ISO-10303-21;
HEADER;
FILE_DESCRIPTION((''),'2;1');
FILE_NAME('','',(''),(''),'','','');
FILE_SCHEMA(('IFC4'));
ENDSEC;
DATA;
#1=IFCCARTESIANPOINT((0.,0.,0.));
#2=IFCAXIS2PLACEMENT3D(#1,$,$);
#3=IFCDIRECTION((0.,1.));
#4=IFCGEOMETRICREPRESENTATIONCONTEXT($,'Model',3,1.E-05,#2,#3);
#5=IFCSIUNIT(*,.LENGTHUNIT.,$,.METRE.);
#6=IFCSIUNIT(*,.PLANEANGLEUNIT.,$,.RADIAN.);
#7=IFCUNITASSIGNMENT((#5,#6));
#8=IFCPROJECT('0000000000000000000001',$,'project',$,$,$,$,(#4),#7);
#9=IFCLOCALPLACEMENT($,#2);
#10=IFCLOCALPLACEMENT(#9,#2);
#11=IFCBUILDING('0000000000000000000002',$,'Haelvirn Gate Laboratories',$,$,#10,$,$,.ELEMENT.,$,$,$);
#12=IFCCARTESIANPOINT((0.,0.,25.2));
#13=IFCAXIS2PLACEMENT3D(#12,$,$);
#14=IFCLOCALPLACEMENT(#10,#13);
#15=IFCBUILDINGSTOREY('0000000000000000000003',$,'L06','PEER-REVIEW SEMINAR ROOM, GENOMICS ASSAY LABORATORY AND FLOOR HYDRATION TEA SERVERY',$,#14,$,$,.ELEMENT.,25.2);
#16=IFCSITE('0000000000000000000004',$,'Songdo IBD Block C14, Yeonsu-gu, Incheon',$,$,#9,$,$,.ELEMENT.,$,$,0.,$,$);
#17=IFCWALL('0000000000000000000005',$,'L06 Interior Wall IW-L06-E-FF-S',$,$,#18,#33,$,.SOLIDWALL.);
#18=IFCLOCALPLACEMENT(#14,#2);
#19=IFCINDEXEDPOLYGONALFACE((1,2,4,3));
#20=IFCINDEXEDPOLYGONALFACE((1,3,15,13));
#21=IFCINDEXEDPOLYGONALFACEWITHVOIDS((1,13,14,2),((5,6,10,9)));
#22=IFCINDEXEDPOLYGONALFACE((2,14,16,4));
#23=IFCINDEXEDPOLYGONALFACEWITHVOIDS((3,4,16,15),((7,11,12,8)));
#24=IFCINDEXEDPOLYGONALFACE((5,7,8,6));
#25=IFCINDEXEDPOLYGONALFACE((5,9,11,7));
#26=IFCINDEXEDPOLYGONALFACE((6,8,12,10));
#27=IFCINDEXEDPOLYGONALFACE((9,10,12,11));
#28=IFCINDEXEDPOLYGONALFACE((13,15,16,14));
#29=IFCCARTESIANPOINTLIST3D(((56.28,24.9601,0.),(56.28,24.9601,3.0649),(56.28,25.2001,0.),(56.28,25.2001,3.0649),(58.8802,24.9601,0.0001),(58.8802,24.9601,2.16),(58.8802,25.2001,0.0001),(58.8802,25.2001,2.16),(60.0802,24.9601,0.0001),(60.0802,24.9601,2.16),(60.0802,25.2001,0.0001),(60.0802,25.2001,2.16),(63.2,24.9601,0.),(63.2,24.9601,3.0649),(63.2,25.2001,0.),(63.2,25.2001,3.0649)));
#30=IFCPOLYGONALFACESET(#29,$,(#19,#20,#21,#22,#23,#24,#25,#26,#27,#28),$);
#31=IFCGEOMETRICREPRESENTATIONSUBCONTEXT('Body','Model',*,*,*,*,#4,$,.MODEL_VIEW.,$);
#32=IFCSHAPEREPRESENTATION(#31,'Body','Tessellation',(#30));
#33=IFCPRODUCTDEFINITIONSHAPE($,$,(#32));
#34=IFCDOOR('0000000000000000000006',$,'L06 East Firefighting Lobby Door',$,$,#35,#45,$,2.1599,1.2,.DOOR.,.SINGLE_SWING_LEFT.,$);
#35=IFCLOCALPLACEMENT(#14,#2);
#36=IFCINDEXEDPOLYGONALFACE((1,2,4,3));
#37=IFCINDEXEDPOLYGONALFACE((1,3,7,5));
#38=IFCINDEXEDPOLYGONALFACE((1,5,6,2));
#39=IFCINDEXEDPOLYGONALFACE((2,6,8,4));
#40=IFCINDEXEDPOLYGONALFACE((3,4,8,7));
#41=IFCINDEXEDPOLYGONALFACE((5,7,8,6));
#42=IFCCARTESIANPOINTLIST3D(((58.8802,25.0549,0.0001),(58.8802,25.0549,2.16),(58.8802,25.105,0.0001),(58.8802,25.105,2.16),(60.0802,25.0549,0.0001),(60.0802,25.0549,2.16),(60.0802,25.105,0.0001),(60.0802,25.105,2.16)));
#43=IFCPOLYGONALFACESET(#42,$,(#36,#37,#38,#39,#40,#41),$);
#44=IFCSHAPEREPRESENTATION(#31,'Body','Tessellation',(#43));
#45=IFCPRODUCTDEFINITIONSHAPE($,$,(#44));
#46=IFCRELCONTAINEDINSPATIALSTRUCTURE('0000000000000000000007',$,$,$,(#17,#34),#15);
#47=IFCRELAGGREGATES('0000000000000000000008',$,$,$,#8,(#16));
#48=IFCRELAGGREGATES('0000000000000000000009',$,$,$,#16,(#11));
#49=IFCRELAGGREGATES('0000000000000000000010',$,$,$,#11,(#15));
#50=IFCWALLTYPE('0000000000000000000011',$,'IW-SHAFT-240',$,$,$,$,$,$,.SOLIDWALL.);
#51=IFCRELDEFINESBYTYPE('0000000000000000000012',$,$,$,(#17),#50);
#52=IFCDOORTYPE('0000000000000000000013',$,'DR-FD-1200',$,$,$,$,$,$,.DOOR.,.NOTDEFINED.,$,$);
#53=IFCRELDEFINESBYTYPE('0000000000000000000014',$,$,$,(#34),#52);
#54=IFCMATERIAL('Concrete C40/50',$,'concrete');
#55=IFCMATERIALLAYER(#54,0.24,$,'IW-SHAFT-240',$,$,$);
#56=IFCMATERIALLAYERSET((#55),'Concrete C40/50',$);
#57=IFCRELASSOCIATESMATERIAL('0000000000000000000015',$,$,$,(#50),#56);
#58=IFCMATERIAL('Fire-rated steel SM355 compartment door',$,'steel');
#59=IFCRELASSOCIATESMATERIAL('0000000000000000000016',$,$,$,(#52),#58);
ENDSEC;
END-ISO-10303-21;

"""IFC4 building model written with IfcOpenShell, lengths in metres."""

from ifc_helpers import new_model, si_unit, direction, frame, frame_2d, origin, place, context, subcontext, project, spatial, rectangle, extrude, source, transform, mapped, material, layer, layer_set, type_object, type_shapes, element, fill, save


model = new_model("IFC4")

# Units and contexts
model_context = context("Model", 3, precision=1e-05, world=origin(), true_north=direction((0.0, 1.0)))
body_context = subcontext(model_context, "Body", "Model", "MODEL_VIEW")
ifc_project = project(units=[si_unit("LENGTHUNIT", "METRE"), si_unit("PLANEANGLEUNIT", "RADIAN")], contexts=[model_context])

# Site, building, storey
site_placement = place(None, origin())
site = spatial("IfcSite", under=ifc_project, at=site_placement, Name="Songdo IBD Block C14, Yeonsu-gu, Incheon", CompositionType="ELEMENT", RefElevation=0.0)
building_placement = place(site_placement, origin())
building = spatial("IfcBuilding", under=site, at=building_placement, Name="Haelvirn Gate Laboratories", CompositionType="ELEMENT")
storey_placement = place(building_placement, frame((0.0, 0.0, 25.2)))
storey = spatial("IfcBuildingStorey", under=building, at=storey_placement, Name="L06", Description="PEER-REVIEW SEMINAR ROOM, GENOMICS ASSAY LABORATORY AND FLOOR HYDRATION TEA SERVERY", CompositionType="ELEMENT", Elevation=25.2)

# Shared definitions
ifc_material_1 = material(Name="Concrete C40/50", Category="concrete")

# Wall, opening, door
ifc_layer_1 = layer(ifc_material_1, 0.24, Name="IW-SHAFT-240")
ifc_layer_set_1 = layer_set([ifc_layer_1], Name="Concrete C40/50")
wall_type_1 = type_object("IfcWallType", Name="IW-SHAFT-240", PredefinedType="SOLIDWALL", material=ifc_layer_set_1)
wall_1_placement = place(storey_placement, frame((56.28, 25.0801, 0.0), z_axis=(0.0, 0.0, 1.0), x_axis=(1.0, 0.0, 0.0)))
wall_1 = element("IfcWall", 1, at=wall_1_placement, inside=storey, type_object=wall_type_1, Name="L06 Interior Wall IW-L06-E-FF-S", PredefinedType="SOLIDWALL", context=body_context, shape_type="SweptSolid", body=[
    extrude(rectangle(XDim=6.9199, YDim=0.24, at=frame_2d((3.46, 0.0))), origin(), (0.0, 0.0, 1.0), 3.0649),
])
opening_1_placement = place(wall_1_placement, frame((2.6001, 0.0, 0.0)))
opening_1 = element("IfcOpeningElement", 2, at=opening_1_placement, cuts=wall_1, PredefinedType="OPENING", context=body_context, shape_type="SweptSolid", body=[
    extrude(rectangle(XDim=1.2, YDim=2.1599, at=frame_2d((0.6001, 1.0801))), frame((0.0, 0.1299, 0.0), z_axis=(0.0, -1.0, 0.0), x_axis=(1.0, 0.0, 0.0)), (0.0, 0.0, 1.0), 0.26),
])
ifc_material_2 = material(Name="Fire-rated steel SM355 compartment door", Category="steel")
door_type_1 = type_object("IfcDoorType", Name="DR-FD-1200", OperationType="NOTDEFINED", PredefinedType="DOOR", material=ifc_material_2)
shared_shape_1 = source(origin(), body_context, "Body", "SweptSolid", [
    extrude(rectangle(XDim=1.2, YDim=2.1599, at=frame_2d((0.6001, 1.0801))), frame((0.0, 0.0249, 0.0), z_axis=(0.0, -1.0, 0.0), x_axis=(1.0, 0.0, 0.0)), (0.0, 0.0, 1.0), 0.05),
])
type_shapes(door_type_1, [shared_shape_1])
door_1_placement = place(opening_1_placement, origin())
door_1 = element("IfcDoor", 3, at=door_1_placement, inside=storey, type_object=door_type_1, Name="L06 East Firefighting Lobby Door", OperationType="SINGLE_SWING_LEFT", OverallHeight=2.1599, OverallWidth=1.2, PredefinedType="DOOR", context=body_context, shape_type="MappedRepresentation", body=[
    mapped(shared_shape_1, transform((0.0, 0.0, 0.0), scale=1.0)),
])
fill(opening_1, door_1)

save(model, "model.ifc")
